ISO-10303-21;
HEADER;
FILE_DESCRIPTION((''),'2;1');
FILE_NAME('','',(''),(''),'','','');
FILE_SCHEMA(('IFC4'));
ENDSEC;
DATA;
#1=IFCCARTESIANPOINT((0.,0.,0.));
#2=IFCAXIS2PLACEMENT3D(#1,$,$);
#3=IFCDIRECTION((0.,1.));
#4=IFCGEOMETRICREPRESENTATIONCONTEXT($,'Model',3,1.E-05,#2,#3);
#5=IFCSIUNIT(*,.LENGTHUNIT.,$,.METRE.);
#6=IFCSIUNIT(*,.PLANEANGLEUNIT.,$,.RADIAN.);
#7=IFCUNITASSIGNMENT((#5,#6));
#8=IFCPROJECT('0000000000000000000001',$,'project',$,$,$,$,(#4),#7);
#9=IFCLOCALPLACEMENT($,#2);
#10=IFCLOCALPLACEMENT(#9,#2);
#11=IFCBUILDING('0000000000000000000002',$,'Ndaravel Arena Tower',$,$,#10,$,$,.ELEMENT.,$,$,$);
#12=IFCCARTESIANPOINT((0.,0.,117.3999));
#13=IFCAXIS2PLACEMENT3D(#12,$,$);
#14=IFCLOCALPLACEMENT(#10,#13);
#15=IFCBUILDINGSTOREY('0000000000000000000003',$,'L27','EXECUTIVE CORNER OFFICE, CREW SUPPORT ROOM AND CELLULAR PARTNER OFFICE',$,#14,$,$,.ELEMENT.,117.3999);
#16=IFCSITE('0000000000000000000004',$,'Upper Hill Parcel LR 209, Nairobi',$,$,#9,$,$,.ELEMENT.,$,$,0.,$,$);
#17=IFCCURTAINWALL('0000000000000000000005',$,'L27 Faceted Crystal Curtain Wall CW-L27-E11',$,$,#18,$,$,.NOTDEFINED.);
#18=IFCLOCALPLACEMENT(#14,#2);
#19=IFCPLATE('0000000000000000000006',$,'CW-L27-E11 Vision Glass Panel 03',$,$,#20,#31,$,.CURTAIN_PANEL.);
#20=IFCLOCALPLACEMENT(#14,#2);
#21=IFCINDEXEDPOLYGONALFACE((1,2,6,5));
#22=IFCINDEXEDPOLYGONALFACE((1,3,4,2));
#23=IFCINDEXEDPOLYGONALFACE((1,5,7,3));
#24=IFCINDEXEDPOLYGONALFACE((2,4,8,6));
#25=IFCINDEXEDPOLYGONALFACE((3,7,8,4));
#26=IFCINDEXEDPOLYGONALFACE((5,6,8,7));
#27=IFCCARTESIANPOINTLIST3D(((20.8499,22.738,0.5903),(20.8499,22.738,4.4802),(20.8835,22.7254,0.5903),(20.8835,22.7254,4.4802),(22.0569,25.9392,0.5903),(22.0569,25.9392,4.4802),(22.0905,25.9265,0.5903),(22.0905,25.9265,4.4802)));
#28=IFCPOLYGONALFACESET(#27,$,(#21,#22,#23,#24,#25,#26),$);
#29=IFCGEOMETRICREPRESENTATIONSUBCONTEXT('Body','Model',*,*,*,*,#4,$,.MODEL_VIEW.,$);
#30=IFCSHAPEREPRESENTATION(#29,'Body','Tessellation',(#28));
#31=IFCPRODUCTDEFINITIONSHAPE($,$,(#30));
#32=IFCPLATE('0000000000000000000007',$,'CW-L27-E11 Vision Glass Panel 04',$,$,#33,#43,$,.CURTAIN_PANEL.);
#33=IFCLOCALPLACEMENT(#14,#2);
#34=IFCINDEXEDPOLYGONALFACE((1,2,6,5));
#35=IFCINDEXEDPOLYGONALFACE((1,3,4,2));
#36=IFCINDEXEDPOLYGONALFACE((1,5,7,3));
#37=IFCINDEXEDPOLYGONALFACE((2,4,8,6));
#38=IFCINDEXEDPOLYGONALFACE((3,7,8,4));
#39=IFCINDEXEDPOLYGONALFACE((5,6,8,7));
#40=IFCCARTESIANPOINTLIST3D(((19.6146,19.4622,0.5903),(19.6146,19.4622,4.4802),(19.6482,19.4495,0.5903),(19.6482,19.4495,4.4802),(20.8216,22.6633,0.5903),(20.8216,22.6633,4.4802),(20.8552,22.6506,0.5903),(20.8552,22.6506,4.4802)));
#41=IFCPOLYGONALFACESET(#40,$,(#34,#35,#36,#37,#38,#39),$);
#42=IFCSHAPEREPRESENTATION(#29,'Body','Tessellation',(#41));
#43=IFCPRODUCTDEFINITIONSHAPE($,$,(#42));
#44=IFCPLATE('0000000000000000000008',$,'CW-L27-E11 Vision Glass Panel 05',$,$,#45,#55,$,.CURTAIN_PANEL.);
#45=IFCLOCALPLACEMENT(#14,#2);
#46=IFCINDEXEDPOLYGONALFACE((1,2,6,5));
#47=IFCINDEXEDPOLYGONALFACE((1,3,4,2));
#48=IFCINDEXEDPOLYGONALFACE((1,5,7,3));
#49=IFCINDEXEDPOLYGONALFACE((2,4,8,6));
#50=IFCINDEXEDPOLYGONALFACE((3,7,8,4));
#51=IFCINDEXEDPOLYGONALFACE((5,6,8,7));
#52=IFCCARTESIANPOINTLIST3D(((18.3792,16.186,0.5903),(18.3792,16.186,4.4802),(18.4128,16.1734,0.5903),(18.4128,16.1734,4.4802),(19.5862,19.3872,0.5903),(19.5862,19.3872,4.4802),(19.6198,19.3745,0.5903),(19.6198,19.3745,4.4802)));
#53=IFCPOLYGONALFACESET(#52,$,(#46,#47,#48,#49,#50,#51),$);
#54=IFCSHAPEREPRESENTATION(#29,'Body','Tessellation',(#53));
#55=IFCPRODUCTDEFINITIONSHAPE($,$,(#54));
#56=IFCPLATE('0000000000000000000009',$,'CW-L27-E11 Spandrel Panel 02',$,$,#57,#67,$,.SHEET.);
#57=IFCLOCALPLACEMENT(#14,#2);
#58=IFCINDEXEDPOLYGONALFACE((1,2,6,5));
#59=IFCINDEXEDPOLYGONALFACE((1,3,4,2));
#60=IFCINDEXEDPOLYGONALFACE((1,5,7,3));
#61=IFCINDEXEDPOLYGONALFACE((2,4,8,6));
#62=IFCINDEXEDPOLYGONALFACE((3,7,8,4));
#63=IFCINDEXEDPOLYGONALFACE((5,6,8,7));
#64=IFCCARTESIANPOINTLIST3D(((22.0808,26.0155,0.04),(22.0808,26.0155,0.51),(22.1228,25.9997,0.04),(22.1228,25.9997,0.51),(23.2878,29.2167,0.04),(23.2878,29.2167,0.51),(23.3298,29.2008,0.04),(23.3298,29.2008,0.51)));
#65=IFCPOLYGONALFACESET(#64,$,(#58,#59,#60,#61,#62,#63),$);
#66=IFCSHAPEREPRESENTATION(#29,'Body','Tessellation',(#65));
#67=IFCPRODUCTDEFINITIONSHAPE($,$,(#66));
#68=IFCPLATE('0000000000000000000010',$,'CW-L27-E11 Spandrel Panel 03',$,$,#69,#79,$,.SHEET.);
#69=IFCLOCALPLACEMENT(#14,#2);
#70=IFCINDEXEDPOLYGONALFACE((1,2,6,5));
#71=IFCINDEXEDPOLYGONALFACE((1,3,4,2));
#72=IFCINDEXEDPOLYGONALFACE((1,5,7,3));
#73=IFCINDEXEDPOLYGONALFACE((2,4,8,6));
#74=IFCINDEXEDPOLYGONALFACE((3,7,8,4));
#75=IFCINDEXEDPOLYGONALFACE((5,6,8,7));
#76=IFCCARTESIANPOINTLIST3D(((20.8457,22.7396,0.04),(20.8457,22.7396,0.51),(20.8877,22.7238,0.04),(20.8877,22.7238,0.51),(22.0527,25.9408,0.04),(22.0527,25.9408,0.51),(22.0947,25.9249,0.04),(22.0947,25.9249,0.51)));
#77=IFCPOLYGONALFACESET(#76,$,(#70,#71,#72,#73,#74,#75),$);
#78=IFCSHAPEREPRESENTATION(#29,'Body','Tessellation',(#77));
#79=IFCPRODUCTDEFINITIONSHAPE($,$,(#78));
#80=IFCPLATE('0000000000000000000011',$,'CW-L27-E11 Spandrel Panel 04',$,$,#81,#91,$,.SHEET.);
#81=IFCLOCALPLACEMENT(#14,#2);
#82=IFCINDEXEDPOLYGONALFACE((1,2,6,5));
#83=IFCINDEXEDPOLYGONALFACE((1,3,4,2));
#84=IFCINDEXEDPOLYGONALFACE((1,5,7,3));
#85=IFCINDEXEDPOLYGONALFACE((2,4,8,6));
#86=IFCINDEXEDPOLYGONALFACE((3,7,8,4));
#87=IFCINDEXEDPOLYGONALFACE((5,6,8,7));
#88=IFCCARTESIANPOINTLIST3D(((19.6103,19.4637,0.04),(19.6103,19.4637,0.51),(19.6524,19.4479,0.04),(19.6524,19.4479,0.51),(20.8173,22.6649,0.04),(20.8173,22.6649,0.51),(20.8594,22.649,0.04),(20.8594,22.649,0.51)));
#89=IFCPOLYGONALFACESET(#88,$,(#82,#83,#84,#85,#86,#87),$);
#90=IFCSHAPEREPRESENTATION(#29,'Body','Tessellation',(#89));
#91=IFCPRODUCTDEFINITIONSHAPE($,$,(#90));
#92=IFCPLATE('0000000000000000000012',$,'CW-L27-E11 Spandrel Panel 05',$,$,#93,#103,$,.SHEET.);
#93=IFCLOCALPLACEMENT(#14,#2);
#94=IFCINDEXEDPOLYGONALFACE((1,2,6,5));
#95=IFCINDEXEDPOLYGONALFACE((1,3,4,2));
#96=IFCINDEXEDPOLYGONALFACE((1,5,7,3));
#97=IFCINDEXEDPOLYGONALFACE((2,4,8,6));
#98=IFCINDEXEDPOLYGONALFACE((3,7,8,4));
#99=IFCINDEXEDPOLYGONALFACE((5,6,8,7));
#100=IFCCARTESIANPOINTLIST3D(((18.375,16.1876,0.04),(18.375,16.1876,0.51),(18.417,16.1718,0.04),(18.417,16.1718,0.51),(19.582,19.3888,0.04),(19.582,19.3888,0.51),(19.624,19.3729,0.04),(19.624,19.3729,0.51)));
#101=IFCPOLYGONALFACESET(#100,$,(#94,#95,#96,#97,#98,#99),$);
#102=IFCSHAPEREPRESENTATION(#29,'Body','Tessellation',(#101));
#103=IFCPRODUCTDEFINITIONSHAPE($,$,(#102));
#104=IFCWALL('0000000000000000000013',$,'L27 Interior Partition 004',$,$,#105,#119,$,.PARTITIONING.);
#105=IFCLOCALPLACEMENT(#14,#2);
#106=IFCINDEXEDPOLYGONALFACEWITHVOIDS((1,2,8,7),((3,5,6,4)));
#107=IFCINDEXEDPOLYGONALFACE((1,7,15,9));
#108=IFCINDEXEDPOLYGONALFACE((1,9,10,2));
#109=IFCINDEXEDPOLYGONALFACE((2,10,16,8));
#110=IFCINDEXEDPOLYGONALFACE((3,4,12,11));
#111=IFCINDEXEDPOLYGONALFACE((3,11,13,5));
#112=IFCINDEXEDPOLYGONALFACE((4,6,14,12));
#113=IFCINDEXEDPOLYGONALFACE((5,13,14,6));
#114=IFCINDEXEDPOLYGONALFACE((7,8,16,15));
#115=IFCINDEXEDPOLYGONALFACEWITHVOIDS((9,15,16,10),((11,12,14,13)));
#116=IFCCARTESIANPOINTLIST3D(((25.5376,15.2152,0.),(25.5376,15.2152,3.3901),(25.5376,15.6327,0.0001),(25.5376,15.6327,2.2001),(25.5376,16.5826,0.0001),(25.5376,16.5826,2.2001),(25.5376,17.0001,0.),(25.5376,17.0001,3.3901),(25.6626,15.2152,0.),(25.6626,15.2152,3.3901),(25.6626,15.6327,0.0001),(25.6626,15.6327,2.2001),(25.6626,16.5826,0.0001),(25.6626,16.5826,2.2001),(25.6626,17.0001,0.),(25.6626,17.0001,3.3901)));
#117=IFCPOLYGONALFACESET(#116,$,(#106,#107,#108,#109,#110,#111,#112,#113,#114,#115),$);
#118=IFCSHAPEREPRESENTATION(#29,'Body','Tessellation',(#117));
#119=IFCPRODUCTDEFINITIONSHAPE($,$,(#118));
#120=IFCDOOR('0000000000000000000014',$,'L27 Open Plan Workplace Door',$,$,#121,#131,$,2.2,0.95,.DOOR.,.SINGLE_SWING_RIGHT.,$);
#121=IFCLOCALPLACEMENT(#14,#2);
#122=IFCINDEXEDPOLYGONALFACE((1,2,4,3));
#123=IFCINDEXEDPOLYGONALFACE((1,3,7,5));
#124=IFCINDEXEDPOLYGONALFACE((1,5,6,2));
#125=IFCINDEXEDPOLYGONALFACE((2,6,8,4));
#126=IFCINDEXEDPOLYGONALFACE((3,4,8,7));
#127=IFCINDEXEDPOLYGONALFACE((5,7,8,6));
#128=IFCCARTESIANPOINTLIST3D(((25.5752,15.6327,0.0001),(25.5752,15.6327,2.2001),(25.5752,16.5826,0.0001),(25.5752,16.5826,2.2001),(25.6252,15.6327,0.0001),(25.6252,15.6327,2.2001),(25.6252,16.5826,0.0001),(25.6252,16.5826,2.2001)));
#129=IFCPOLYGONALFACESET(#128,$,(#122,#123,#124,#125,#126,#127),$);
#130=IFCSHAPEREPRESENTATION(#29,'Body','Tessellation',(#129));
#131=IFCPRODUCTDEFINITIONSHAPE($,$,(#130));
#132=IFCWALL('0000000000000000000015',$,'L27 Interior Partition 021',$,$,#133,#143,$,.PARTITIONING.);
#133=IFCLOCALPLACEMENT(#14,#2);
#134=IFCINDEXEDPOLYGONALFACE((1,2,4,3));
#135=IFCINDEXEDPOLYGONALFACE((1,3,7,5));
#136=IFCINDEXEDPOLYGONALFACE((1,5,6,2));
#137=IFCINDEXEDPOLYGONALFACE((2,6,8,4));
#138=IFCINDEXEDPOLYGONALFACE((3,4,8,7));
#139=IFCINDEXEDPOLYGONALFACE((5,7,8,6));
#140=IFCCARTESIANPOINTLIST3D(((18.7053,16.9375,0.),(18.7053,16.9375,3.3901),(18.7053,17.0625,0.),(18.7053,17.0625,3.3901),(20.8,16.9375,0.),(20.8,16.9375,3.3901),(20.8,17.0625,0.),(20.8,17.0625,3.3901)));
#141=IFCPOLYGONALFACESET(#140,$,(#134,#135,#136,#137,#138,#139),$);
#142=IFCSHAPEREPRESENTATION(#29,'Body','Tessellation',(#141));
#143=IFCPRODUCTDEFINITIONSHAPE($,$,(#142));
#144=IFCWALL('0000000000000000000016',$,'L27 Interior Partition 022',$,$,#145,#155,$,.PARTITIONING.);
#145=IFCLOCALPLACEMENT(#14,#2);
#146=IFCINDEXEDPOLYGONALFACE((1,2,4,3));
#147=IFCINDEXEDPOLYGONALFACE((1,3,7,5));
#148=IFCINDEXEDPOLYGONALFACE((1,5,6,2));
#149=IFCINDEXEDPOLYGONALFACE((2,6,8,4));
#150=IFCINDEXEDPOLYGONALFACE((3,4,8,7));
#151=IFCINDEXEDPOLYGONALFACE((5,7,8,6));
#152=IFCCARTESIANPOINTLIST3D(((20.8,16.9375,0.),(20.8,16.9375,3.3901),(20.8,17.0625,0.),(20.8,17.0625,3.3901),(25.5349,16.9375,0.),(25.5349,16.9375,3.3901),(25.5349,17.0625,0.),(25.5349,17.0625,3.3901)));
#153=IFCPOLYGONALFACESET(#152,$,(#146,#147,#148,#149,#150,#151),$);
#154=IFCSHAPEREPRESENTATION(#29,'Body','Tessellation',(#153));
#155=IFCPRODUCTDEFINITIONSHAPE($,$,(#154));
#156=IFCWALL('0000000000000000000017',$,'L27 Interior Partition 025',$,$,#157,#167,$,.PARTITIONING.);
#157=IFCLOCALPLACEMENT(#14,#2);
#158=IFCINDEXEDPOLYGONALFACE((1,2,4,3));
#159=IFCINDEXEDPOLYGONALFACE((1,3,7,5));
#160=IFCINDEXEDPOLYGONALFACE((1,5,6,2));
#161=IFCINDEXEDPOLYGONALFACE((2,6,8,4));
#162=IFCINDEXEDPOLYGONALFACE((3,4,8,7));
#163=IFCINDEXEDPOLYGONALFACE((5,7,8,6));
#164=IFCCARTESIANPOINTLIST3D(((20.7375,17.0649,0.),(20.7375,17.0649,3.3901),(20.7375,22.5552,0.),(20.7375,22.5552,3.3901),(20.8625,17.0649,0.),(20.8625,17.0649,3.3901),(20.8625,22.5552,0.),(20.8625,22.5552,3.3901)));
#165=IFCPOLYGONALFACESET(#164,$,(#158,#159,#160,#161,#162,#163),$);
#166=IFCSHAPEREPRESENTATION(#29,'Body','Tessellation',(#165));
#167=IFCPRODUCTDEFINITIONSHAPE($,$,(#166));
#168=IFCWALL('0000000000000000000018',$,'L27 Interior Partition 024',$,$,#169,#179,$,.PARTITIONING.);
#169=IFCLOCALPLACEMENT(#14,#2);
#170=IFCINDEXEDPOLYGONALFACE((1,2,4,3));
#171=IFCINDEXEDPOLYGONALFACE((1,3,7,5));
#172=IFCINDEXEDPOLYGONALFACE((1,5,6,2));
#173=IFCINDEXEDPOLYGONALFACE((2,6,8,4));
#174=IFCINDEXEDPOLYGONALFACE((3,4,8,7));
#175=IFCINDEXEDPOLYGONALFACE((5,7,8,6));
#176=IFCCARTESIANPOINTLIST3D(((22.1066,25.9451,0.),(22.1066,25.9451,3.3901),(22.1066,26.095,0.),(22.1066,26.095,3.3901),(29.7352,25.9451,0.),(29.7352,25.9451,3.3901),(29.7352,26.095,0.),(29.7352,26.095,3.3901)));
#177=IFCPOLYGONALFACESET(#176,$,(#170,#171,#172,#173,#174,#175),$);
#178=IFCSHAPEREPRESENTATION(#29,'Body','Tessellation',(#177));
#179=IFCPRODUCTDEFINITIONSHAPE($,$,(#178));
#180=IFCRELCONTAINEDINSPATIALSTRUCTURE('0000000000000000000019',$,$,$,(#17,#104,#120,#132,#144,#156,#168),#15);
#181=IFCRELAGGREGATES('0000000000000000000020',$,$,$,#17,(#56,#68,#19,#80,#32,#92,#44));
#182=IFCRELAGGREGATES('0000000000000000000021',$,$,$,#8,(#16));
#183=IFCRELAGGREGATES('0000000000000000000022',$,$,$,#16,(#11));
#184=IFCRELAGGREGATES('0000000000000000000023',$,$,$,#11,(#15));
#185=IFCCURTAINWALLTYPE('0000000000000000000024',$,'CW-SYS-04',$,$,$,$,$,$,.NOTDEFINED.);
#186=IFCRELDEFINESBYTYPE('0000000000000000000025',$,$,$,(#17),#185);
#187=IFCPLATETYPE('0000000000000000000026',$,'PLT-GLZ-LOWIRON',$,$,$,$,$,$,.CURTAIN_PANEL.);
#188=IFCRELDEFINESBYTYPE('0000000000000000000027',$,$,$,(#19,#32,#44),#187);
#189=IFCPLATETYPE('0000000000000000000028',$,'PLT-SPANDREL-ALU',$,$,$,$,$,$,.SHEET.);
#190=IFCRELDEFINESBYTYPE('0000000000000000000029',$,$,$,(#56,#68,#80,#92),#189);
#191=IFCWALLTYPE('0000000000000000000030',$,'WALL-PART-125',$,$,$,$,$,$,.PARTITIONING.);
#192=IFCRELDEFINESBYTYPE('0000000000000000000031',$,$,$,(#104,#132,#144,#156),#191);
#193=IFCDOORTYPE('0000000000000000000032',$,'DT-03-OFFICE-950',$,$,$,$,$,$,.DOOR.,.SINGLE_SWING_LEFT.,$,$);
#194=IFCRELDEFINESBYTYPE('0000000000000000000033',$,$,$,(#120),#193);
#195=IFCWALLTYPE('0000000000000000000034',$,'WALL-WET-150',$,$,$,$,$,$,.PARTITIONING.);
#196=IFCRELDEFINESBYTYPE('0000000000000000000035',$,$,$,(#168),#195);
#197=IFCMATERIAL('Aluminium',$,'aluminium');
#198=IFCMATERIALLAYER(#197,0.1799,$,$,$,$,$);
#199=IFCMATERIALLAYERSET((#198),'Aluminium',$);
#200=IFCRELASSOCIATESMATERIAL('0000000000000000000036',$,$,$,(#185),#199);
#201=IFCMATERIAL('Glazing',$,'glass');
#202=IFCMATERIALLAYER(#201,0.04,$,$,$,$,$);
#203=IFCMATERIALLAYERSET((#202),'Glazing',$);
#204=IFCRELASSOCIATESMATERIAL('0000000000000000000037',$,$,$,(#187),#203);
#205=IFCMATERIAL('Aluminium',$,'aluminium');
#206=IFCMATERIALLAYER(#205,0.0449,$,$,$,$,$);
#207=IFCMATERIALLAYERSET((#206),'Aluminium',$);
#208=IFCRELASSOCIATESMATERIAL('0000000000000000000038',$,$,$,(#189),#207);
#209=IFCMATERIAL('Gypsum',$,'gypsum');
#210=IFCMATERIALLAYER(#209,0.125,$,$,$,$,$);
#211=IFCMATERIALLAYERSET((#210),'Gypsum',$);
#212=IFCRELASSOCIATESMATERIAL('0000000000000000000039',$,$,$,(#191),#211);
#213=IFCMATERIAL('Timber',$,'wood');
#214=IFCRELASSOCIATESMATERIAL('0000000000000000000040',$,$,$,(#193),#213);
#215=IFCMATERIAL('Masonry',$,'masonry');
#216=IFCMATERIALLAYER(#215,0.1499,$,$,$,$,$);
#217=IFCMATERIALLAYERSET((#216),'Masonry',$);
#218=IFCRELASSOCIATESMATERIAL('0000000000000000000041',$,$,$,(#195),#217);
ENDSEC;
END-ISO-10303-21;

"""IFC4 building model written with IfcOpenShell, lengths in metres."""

from ifc_helpers import new_model, si_unit, direction, frame, frame_2d, origin, origin_2d, place, context, subcontext, project, spatial, rectangle, extrude, material, layer, layer_set, type_object, element, fill, aggregate, save


model = new_model("IFC4")

# Units and contexts
model_context = context("Model", 3, precision=1e-05, world=origin(), true_north=direction((0.0, 1.0)))
body_context = subcontext(model_context, "Body", "Model", "MODEL_VIEW")
ifc_project = project(units=[si_unit("LENGTHUNIT", "METRE"), si_unit("PLANEANGLEUNIT", "RADIAN")], contexts=[model_context])

# Site, building, storey
site_placement = place(None, origin())
site = spatial("IfcSite", under=ifc_project, at=site_placement, Name="Upper Hill Parcel LR 209, Nairobi", CompositionType="ELEMENT", RefElevation=0.0)
building_placement = place(site_placement, origin())
building = spatial("IfcBuilding", under=site, at=building_placement, Name="Ndaravel Arena Tower", CompositionType="ELEMENT")
storey_placement = place(building_placement, frame((0.0, 0.0, 117.3999)))
storey = spatial("IfcBuildingStorey", under=building, at=storey_placement, Name="L27", Description="EXECUTIVE CORNER OFFICE, CREW SUPPORT ROOM AND CELLULAR PARTNER OFFICE", CompositionType="ELEMENT", Elevation=117.3999)

# Curtain wall
ifc_material_1 = material(Name="Aluminium", Category="aluminium")
ifc_layer_1 = layer(ifc_material_1, 0.1799)
ifc_layer_set_1 = layer_set([ifc_layer_1], Name="Aluminium")
curtain_wall_type = type_object("IfcCurtainWallType", Name="CW-SYS-04", PredefinedType="NOTDEFINED", material=ifc_layer_set_1)
curtain_wall_1_placement = place(storey_placement, origin())
curtain_wall_1 = element("IfcCurtainWall", 1, at=curtain_wall_1_placement, inside=storey, type_object=curtain_wall_type, Name="L27 Faceted Crystal Curtain Wall CW-L27-E11", PredefinedType="NOTDEFINED")

# Plates
ifc_material_2 = material(Name="Glazing", Category="glass")
ifc_layer_2 = layer(ifc_material_2, 0.04)
ifc_layer_set_2 = layer_set([ifc_layer_2], Name="Glazing")
plate_type_1 = type_object("IfcPlateType", Name="PLT-GLZ-LOWIRON", PredefinedType="CURTAIN_PANEL", material=ifc_layer_set_2)
plate_1_placement = place(storey_placement, frame((21.4702, 24.3323, 0.5903), z_axis=(0.0, 0.0, 1.0), x_axis=(-0.352805, -0.935697, 0.0)))
plate_1 = element("IfcPlate", 2, at=plate_1_placement, type_object=plate_type_1, Name="CW-L27-E11 Vision Glass Panel 03", PredefinedType="CURTAIN_PANEL", context=body_context, shape_type="SweptSolid", body=[
    extrude(rectangle(XDim=3.4211, YDim=0.0359, at=origin_2d()), origin(), (0.0, 0.0, 1.0), 3.8899),
])
plate_2_placement = place(storey_placement, frame((20.2349, 21.0564, 0.5903), z_axis=(0.0, 0.0, 1.0), x_axis=(-0.352805, -0.935697, 0.0)))
plate_2 = element("IfcPlate", 3, at=plate_2_placement, type_object=plate_type_1, Name="CW-L27-E11 Vision Glass Panel 04", PredefinedType="CURTAIN_PANEL", context=body_context, shape_type="SweptSolid", body=[
    extrude(rectangle(XDim=3.4211, YDim=0.0359, at=origin_2d()), origin(), (0.0, 0.0, 1.0), 3.8899),
])
plate_3_placement = place(storey_placement, frame((18.9995, 17.7803, 0.5903), z_axis=(0.0, 0.0, 1.0), x_axis=(-0.352805, -0.935697, 0.0)))
plate_3 = element("IfcPlate", 4, at=plate_3_placement, type_object=plate_type_1, Name="CW-L27-E11 Vision Glass Panel 05", PredefinedType="CURTAIN_PANEL", context=body_context, shape_type="SweptSolid", body=[
    extrude(rectangle(XDim=3.4211, YDim=0.0359, at=origin_2d()), origin(), (0.0, 0.0, 1.0), 3.8899),
])
ifc_material_3 = material(Name="Aluminium", Category="aluminium")
ifc_layer_3 = layer(ifc_material_3, 0.0449)
ifc_layer_set_3 = layer_set([ifc_layer_3], Name="Aluminium")
plate_type_2 = type_object("IfcPlateType", Name="PLT-SPANDREL-ALU", PredefinedType="SHEET", material=ifc_layer_set_3)
plate_4_placement = place(storey_placement, frame((22.7053, 27.6082, 0.04), z_axis=(0.0, 0.0, 1.0), x_axis=(-0.352805, -0.935697, 0.0)))
plate_4 = element("IfcPlate", 5, at=plate_4_placement, type_object=plate_type_2, Name="CW-L27-E11 Spandrel Panel 02", PredefinedType="SHEET", context=body_context, shape_type="SweptSolid", body=[
    extrude(rectangle(XDim=3.4211, YDim=0.0449, at=origin_2d()), origin(), (0.0, 0.0, 1.0), 0.47),
])
plate_5_placement = place(storey_placement, frame((21.4702, 24.3323, 0.04), z_axis=(0.0, 0.0, 1.0), x_axis=(-0.352805, -0.935697, 0.0)))
plate_5 = element("IfcPlate", 6, at=plate_5_placement, type_object=plate_type_2, Name="CW-L27-E11 Spandrel Panel 03", PredefinedType="SHEET", context=body_context, shape_type="SweptSolid", body=[
    extrude(rectangle(XDim=3.4211, YDim=0.0449, at=origin_2d()), origin(), (0.0, 0.0, 1.0), 0.47),
])
plate_6_placement = place(storey_placement, frame((20.2349, 21.0564, 0.04), z_axis=(0.0, 0.0, 1.0), x_axis=(-0.352805, -0.935697, 0.0)))
plate_6 = element("IfcPlate", 7, at=plate_6_placement, type_object=plate_type_2, Name="CW-L27-E11 Spandrel Panel 04", PredefinedType="SHEET", context=body_context, shape_type="SweptSolid", body=[
    extrude(rectangle(XDim=3.4211, YDim=0.0449, at=origin_2d()), origin(), (0.0, 0.0, 1.0), 0.47),
])
plate_7_placement = place(storey_placement, frame((18.9995, 17.7803, 0.04), z_axis=(0.0, 0.0, 1.0), x_axis=(-0.352805, -0.935697, 0.0)))
plate_7 = element("IfcPlate", 8, at=plate_7_placement, type_object=plate_type_2, Name="CW-L27-E11 Spandrel Panel 05", PredefinedType="SHEET", context=body_context, shape_type="SweptSolid", body=[
    extrude(rectangle(XDim=3.4211, YDim=0.0449, at=origin_2d()), origin(), (0.0, 0.0, 1.0), 0.47),
])
aggregate(curtain_wall_1, [plate_4, plate_5, plate_1, plate_6, plate_2, plate_7, plate_3])

# Wall, opening, door
ifc_material_4 = material(Name="Gypsum", Category="gypsum")
ifc_layer_4 = layer(ifc_material_4, 0.125)
ifc_layer_set_4 = layer_set([ifc_layer_4], Name="Gypsum")
wall_type_1 = type_object("IfcWallType", Name="WALL-PART-125", PredefinedType="PARTITIONING", material=ifc_layer_set_4)
wall_1_placement = place(storey_placement, frame((25.6001, 15.2151, 0.0), z_axis=(0.0, 0.0, 1.0), x_axis=(0.0, 1.0, 0.0)))
wall_1 = element("IfcWall", 9, at=wall_1_placement, inside=storey, type_object=wall_type_1, Name="L27 Interior Partition 004", PredefinedType="PARTITIONING", context=body_context, shape_type="SweptSolid", body=[
    extrude(rectangle(XDim=1.7849, YDim=0.125, at=frame_2d((0.8926, 0.0))), origin(), (0.0, 0.0, 1.0), 3.3901),
])
opening_placement = place(wall_1_placement, frame((0.4175, 0.0, 0.0)))
opening = element("IfcOpeningElement", 10, at=opening_placement, cuts=wall_1, PredefinedType="OPENING", context=body_context, shape_type="SweptSolid", body=[
    extrude(rectangle(XDim=0.95, YDim=2.2, at=frame_2d((0.4751, 1.1001))), frame((0.0, 0.0625, 0.0), z_axis=(0.0, -1.0, 0.0), x_axis=(1.0, 0.0, 0.0)), (0.0, 0.0, 1.0), 0.125),
])
ifc_material_5 = material(Name="Timber", Category="wood")
door_type = type_object("IfcDoorType", Name="DT-03-OFFICE-950", OperationType="SINGLE_SWING_LEFT", PredefinedType="DOOR", material=ifc_material_5)
door_placement = place(opening_placement, origin())
door = element("IfcDoor", 11, at=door_placement, inside=storey, type_object=door_type, Name="L27 Open Plan Workplace Door", OperationType="SINGLE_SWING_RIGHT", OverallHeight=2.2, OverallWidth=0.95, PredefinedType="DOOR", context=body_context, shape_type="SweptSolid", body=[
    extrude(rectangle(XDim=0.95, YDim=2.2, at=frame_2d((0.4751, 1.1001))), frame((0.0, 0.0249, 0.0), z_axis=(0.0, -1.0, 0.0), x_axis=(1.0, 0.0, 0.0)), (0.0, 0.0, 1.0), 0.05),
])
fill(opening, door)

# Walls
wall_2_placement = place(storey_placement, frame((18.7053, 17.0, 0.0), z_axis=(0.0, 0.0, 1.0), x_axis=(1.0, 0.0, 0.0)))
element("IfcWall", 12, at=wall_2_placement, inside=storey, type_object=wall_type_1, Name="L27 Interior Partition 021", PredefinedType="PARTITIONING", context=body_context, shape_type="SweptSolid", body=[
    extrude(rectangle(XDim=2.0947, YDim=0.125, at=frame_2d((1.0474, 0.0))), origin(), (0.0, 0.0, 1.0), 3.3901),
])
wall_3_placement = place(storey_placement, frame((20.8, 17.0, 0.0), z_axis=(0.0, 0.0, 1.0), x_axis=(1.0, 0.0, 0.0)))
element("IfcWall", 13, at=wall_3_placement, inside=storey, type_object=wall_type_1, Name="L27 Interior Partition 022", PredefinedType="PARTITIONING", context=body_context, shape_type="SweptSolid", body=[
    extrude(rectangle(XDim=4.7349, YDim=0.125, at=frame_2d((2.3674, 0.0))), origin(), (0.0, 0.0, 1.0), 3.3901),
])
wall_4_placement = place(storey_placement, frame((20.8, 17.0649, 0.0), z_axis=(0.0, 0.0, 1.0), x_axis=(0.0, 1.0, 0.0)))
element("IfcWall", 14, at=wall_4_placement, inside=storey, type_object=wall_type_1, Name="L27 Interior Partition 025", PredefinedType="PARTITIONING", context=body_context, shape_type="SweptSolid", body=[
    extrude(rectangle(XDim=5.4902, YDim=0.125, at=frame_2d((2.7451, 0.0))), origin(), (0.0, 0.0, 1.0), 3.3901),
])
ifc_material_6 = material(Name="Masonry", Category="masonry")
ifc_layer_5 = layer(ifc_material_6, 0.1499)
ifc_layer_set_5 = layer_set([ifc_layer_5], Name="Masonry")
wall_type_2 = type_object("IfcWallType", Name="WALL-WET-150", PredefinedType="PARTITIONING", material=ifc_layer_set_5)
wall_5_placement = place(storey_placement, frame((22.1064, 26.02, 0.0), z_axis=(0.0, 0.0, 1.0), x_axis=(1.0, 0.0, 0.0)))
element("IfcWall", 15, at=wall_5_placement, inside=storey, type_object=wall_type_2, Name="L27 Interior Partition 024", PredefinedType="PARTITIONING", context=body_context, shape_type="SweptSolid", body=[
    extrude(rectangle(XDim=7.6287, YDim=0.1499, at=frame_2d((3.8145, 0.0))), origin(), (0.0, 0.0, 1.0), 3.3901),
])

save(model, "model.ifc")
